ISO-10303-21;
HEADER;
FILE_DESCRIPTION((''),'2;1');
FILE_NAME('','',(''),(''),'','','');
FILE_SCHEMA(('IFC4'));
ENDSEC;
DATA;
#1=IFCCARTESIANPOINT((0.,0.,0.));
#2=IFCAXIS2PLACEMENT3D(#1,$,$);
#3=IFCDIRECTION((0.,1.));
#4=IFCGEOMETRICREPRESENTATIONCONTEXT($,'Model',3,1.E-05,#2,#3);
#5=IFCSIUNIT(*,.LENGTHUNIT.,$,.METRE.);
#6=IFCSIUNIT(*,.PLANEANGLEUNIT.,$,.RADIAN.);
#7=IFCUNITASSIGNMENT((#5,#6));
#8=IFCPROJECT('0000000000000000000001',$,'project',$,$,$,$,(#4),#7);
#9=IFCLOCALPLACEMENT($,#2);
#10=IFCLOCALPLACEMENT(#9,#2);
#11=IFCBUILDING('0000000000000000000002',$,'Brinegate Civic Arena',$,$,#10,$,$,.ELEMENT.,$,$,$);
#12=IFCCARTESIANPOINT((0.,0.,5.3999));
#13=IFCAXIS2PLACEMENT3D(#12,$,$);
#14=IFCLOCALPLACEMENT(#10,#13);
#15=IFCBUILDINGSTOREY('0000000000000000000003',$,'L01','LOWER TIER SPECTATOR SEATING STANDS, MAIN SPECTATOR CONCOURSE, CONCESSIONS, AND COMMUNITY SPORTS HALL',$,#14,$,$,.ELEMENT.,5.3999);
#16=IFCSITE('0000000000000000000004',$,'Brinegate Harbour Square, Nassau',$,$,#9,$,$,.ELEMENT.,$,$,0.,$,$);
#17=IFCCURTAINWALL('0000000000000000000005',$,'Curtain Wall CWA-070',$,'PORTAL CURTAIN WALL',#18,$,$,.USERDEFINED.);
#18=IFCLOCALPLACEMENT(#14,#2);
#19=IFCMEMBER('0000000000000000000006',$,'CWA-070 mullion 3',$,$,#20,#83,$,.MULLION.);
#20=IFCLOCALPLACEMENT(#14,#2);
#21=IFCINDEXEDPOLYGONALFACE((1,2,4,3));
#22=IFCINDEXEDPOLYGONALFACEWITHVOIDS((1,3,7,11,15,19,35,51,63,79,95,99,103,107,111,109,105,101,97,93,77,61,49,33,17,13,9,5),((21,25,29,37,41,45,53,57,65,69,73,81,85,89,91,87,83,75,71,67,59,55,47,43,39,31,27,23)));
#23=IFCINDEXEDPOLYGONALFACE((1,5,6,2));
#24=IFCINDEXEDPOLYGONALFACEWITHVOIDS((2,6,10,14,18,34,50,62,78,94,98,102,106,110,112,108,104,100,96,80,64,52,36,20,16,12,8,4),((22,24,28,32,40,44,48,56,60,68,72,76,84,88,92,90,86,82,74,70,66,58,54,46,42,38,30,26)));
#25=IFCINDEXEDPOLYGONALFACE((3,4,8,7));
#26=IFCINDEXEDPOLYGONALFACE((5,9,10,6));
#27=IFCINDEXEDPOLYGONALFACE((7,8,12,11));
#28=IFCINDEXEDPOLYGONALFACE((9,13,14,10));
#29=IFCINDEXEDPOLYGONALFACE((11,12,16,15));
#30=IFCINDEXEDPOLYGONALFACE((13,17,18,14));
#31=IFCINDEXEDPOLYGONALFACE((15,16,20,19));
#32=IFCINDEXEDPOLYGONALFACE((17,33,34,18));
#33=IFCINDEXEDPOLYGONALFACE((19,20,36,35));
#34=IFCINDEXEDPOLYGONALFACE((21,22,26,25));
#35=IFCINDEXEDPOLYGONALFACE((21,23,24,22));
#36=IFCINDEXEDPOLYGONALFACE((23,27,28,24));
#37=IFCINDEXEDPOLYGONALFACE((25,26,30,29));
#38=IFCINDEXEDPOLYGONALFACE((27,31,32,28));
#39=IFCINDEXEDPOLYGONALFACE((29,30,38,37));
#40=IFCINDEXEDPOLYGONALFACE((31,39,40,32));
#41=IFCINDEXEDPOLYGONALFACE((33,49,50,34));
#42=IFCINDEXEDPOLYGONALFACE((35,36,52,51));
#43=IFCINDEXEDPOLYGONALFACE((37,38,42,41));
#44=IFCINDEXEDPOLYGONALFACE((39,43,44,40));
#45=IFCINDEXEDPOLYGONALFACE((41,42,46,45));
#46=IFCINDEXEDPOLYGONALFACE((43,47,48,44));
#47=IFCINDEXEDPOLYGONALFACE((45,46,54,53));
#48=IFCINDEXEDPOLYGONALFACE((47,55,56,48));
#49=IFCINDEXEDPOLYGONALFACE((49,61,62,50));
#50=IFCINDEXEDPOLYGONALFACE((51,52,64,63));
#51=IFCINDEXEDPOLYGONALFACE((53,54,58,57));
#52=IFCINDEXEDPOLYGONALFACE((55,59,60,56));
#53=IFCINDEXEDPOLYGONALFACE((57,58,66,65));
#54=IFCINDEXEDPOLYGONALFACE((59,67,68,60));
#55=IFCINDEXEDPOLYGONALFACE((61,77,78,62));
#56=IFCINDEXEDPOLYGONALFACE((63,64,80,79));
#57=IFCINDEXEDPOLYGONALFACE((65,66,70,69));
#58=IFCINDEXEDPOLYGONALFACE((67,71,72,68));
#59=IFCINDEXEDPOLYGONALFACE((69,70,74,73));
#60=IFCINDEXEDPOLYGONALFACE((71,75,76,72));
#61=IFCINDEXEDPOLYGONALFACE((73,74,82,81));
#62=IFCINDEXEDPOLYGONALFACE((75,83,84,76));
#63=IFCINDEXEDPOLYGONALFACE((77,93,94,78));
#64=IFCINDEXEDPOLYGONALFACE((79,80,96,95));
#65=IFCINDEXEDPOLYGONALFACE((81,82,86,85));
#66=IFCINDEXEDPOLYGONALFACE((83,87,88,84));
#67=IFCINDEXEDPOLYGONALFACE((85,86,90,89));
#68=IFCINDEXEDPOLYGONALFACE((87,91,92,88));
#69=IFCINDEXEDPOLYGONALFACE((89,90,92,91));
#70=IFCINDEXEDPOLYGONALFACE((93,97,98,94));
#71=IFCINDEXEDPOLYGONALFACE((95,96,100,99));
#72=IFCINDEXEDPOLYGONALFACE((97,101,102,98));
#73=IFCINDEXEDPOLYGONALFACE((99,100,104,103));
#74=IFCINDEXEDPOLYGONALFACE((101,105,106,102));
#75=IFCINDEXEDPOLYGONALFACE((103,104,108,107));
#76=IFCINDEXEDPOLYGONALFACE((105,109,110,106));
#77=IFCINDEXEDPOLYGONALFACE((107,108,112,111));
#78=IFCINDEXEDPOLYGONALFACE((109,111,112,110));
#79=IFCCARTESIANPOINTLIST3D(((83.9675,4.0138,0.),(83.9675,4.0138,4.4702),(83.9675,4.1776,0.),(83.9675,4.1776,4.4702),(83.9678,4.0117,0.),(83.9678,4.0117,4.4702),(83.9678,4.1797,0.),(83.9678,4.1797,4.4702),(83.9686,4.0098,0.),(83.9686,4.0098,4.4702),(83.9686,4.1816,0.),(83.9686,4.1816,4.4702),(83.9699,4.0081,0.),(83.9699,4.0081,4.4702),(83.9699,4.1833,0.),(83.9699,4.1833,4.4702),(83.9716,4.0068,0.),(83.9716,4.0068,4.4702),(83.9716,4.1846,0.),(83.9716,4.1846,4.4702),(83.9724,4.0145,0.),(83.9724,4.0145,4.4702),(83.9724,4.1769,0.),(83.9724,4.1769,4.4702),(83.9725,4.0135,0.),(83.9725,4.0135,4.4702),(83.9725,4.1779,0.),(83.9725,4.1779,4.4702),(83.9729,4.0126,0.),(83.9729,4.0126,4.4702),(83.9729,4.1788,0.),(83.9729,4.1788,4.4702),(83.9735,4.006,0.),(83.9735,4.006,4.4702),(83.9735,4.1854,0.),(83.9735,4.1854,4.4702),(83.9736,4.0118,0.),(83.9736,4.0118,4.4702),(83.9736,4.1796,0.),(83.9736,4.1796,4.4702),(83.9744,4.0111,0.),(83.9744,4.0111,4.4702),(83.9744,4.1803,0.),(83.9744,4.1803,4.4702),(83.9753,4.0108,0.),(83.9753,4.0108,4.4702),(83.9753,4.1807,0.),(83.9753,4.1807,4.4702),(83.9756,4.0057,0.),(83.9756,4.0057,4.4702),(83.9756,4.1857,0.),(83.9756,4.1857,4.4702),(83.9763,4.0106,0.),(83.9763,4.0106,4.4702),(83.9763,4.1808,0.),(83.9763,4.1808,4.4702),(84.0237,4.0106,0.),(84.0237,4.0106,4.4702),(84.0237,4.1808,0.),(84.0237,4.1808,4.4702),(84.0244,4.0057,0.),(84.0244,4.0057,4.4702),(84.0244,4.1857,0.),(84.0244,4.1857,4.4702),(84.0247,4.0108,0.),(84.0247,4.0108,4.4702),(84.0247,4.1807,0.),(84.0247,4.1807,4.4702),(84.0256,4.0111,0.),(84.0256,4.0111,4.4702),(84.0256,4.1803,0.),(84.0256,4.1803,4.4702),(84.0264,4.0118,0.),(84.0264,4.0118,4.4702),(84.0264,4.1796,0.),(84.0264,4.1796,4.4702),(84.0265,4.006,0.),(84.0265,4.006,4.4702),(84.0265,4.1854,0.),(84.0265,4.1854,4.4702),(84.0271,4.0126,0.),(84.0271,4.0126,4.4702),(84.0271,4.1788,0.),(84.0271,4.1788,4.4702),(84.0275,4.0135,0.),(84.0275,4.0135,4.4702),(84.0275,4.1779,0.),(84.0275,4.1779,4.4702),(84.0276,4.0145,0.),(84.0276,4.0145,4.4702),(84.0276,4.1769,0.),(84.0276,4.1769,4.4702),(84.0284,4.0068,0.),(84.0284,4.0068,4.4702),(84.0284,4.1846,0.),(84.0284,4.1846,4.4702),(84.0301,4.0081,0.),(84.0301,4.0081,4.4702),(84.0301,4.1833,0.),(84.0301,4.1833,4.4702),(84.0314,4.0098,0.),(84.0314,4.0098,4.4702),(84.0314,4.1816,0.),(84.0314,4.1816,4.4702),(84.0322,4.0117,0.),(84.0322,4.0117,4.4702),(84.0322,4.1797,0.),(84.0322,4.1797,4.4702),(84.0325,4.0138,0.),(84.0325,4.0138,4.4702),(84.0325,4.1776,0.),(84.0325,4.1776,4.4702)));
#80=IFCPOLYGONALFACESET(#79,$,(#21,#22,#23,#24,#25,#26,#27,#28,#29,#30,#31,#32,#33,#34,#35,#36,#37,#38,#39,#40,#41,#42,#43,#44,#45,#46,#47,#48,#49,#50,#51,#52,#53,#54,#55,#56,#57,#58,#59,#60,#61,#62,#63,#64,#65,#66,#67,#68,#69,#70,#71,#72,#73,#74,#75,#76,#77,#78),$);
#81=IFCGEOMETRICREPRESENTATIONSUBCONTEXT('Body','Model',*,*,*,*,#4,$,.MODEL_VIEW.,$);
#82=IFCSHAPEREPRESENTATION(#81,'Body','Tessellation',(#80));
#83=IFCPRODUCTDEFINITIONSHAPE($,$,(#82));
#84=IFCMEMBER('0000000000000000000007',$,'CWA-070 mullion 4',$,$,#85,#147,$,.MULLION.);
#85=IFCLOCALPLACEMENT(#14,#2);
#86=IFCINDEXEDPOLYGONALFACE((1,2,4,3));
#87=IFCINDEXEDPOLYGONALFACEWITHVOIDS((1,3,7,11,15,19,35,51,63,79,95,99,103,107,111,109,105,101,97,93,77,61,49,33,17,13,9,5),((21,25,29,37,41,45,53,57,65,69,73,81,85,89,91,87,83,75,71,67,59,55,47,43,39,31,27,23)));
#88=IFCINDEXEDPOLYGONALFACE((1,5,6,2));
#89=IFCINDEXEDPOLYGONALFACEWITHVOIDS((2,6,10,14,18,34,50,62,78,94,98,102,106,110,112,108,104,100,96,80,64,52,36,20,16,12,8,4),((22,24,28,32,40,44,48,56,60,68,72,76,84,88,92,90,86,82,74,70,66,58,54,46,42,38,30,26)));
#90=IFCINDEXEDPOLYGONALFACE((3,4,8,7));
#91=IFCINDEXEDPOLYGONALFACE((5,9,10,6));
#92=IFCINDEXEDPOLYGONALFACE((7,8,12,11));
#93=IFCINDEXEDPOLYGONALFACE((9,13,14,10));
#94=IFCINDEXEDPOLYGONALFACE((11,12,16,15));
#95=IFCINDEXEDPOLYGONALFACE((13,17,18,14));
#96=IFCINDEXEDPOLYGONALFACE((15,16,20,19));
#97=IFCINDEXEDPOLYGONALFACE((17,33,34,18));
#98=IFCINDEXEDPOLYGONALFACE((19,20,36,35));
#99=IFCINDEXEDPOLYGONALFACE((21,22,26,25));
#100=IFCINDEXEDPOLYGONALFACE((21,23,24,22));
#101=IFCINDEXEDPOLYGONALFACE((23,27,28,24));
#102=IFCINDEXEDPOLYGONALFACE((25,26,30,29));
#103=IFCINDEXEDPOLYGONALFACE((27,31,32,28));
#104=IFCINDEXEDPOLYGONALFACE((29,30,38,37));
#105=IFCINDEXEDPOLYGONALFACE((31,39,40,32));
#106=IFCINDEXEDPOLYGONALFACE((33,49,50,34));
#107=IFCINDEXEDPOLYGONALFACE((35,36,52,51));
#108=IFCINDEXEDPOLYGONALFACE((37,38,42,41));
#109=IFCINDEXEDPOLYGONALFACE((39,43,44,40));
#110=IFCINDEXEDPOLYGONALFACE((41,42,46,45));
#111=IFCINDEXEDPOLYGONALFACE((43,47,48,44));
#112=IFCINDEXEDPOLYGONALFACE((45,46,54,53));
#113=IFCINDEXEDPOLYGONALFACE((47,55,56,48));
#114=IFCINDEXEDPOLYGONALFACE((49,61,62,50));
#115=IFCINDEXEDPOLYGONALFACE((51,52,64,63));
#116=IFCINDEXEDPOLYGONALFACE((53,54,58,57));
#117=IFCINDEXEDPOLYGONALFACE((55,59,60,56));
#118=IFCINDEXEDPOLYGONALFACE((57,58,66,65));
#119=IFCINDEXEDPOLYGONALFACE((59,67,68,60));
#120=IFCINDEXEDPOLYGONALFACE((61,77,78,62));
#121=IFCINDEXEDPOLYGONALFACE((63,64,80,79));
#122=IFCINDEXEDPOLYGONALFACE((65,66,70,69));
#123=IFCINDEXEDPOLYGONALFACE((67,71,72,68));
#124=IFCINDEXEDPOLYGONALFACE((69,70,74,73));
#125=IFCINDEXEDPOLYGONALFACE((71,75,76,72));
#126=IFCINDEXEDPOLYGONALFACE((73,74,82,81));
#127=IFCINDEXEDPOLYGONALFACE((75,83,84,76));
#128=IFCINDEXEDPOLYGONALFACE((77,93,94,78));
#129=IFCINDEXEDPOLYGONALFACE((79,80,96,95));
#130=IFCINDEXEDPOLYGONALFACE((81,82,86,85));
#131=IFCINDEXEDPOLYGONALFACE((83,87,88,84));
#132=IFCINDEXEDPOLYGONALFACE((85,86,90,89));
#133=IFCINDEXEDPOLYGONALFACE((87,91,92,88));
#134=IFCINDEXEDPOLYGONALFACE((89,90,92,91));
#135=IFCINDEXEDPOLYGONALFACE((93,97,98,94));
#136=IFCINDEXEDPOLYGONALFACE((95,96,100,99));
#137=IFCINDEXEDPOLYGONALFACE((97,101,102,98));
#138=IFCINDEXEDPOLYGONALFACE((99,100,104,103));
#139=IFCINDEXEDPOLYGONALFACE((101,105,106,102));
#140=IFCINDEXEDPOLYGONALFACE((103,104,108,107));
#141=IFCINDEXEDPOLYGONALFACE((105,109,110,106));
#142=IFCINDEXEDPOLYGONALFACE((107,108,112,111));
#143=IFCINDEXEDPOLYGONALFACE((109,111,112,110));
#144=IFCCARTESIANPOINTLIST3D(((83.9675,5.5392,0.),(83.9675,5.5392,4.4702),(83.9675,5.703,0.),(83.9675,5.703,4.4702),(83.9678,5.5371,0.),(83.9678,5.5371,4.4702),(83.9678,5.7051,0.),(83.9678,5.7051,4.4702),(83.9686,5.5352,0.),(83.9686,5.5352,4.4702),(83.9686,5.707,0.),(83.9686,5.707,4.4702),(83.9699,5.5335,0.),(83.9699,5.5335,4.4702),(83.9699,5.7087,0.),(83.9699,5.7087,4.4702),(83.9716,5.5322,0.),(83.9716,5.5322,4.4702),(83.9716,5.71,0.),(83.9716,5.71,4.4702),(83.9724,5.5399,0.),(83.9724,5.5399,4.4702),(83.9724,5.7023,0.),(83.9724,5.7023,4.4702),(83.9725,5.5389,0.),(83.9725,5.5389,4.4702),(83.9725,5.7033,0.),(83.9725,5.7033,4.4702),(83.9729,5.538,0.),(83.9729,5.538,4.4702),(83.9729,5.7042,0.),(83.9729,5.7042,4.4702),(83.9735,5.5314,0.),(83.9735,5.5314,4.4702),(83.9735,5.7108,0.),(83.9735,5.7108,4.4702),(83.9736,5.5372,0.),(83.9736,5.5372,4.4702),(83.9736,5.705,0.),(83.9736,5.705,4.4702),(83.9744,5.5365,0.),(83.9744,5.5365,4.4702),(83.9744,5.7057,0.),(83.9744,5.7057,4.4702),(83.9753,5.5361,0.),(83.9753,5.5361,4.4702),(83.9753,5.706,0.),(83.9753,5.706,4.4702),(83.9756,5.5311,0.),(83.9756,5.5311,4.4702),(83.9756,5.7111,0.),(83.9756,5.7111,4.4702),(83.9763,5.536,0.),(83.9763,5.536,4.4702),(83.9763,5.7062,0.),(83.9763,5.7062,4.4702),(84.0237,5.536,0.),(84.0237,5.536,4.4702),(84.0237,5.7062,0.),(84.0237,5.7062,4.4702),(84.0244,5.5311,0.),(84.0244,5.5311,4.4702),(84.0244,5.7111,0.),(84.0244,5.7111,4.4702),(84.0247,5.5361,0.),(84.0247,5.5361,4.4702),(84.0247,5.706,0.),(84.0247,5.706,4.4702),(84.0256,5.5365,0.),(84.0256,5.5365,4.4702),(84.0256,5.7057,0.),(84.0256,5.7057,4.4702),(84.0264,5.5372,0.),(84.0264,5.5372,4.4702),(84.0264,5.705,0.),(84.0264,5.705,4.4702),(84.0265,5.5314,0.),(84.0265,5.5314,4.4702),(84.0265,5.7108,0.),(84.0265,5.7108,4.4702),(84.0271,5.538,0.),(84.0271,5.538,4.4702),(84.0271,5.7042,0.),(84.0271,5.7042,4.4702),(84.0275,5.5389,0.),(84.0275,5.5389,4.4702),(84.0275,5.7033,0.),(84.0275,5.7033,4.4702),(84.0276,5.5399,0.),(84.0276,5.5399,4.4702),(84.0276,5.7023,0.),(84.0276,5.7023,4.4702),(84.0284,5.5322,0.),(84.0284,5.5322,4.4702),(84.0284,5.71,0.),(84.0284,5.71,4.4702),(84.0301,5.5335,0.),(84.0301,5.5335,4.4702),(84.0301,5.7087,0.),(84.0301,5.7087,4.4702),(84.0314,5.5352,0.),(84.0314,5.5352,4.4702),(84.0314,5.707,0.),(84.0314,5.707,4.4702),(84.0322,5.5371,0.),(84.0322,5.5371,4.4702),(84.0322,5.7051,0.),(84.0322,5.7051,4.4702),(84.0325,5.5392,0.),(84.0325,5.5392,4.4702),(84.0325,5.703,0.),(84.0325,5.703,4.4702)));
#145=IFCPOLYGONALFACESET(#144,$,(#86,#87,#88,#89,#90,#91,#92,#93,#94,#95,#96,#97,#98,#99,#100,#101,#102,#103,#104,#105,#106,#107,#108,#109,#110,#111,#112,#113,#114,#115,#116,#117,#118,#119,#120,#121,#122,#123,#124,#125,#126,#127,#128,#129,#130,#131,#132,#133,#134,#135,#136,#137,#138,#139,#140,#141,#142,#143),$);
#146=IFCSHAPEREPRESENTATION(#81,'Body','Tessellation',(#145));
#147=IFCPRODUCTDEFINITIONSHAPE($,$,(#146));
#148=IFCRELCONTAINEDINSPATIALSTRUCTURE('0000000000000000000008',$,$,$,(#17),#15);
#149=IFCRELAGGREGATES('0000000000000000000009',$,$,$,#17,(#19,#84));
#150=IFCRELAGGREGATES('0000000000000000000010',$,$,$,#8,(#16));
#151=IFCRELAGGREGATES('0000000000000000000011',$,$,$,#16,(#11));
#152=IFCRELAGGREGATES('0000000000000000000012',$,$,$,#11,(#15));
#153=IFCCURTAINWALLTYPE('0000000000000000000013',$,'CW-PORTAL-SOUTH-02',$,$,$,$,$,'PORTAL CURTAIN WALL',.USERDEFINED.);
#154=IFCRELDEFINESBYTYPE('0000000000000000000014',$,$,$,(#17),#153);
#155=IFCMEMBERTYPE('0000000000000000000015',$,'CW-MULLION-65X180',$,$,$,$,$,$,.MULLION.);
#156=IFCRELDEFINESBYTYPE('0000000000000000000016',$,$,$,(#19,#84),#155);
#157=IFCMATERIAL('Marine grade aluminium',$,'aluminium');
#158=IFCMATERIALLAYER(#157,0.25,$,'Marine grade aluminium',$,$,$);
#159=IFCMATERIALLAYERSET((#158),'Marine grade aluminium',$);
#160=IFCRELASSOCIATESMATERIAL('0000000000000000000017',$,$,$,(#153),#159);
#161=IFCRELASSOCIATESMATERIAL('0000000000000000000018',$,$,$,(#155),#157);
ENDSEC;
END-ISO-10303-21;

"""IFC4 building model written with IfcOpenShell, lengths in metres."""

from ifc_helpers import new_model, si_unit, direction, frame, origin, origin_2d, place, context, subcontext, project, spatial, hollow_rectangle, extrude, material, layer, layer_set, material_profile, profile_set, type_object, element, aggregate, save


model = new_model("IFC4")

# Units and contexts
model_context = context("Model", 3, precision=1e-05, world=origin(), true_north=direction((0.0, 1.0)))
body_context = subcontext(model_context, "Body", "Model", "MODEL_VIEW")
ifc_project = project(units=[si_unit("LENGTHUNIT", "METRE"), si_unit("PLANEANGLEUNIT", "RADIAN")], contexts=[model_context])

# Site, building, storey
site_placement = place(None, origin())
site = spatial("IfcSite", under=ifc_project, at=site_placement, Name="Brinegate Harbour Square, Nassau", CompositionType="ELEMENT", RefElevation=0.0)
building_placement = place(site_placement, origin())
building = spatial("IfcBuilding", under=site, at=building_placement, Name="Brinegate Civic Arena", CompositionType="ELEMENT")
storey_placement = place(building_placement, frame((0.0, 0.0, 5.3999)))
storey = spatial("IfcBuildingStorey", under=building, at=storey_placement, Name="L01", Description="LOWER TIER SPECTATOR SEATING STANDS, MAIN SPECTATOR CONCOURSE, CONCESSIONS, AND COMMUNITY SPORTS HALL", CompositionType="ELEMENT", Elevation=5.3999)

# Curtain wall, members
ifc_material_1 = material(Name="Marine grade aluminium", Category="aluminium")
ifc_layer_1 = layer(ifc_material_1, 0.25, Name="Marine grade aluminium")
ifc_layer_set_1 = layer_set([ifc_layer_1], Name="Marine grade aluminium")
curtain_wall_type = type_object("IfcCurtainWallType", Name="CW-PORTAL-SOUTH-02", ElementType="PORTAL CURTAIN WALL", PredefinedType="USERDEFINED", material=ifc_layer_set_1)
curtain_wall_placement = place(storey_placement, origin())
curtain_wall = element("IfcCurtainWall", 1, at=curtain_wall_placement, inside=storey, type_object=curtain_wall_type, Name="Curtain Wall CWA-070", ObjectType="PORTAL CURTAIN WALL", PredefinedType="USERDEFINED")
ifc_material_profile_1 = material_profile(ifc_material_1, hollow_rectangle(XDim=0.0649, YDim=0.1799, WallThickness=0.0049, InnerFilletRadius=0.0039, OuterFilletRadius=0.0081, at=origin_2d()), Name="MUL65X180")
ifc_profile_set_1 = profile_set([ifc_material_profile_1], Name="Marine grade aluminium")
member_type_1 = type_object("IfcMemberType", Name="CW-MULLION-65X180", PredefinedType="MULLION", material=ifc_profile_set_1)
member_1_placement = place(storey_placement, frame((84.0, 4.0957, 0.0), z_axis=(0.0, 0.0, 1.0), x_axis=(-1.0, 0.0, 0.0)))
member_1 = element("IfcMember", 2, at=member_1_placement, type_object=member_type_1, Name="CWA-070 mullion 3", PredefinedType="MULLION", context=body_context, shape_type="SweptSolid", body=[
    extrude(hollow_rectangle(XDim=0.0649, YDim=0.1799, WallThickness=0.0049, InnerFilletRadius=0.0039, OuterFilletRadius=0.0081, at=origin_2d()), origin(), (0.0, 0.0, 1.0), 4.4702),
])
member_2_placement = place(storey_placement, frame((84.0, 5.6211, 0.0), z_axis=(0.0, 0.0, 1.0), x_axis=(-1.0, 0.0, 0.0)))
member_2 = element("IfcMember", 3, at=member_2_placement, type_object=member_type_1, Name="CWA-070 mullion 4", PredefinedType="MULLION", context=body_context, shape_type="SweptSolid", body=[
    extrude(hollow_rectangle(XDim=0.0649, YDim=0.1799, WallThickness=0.0049, InnerFilletRadius=0.0039, OuterFilletRadius=0.0081, at=origin_2d()), origin(), (0.0, 0.0, 1.0), 4.4702),
])

aggregate(curtain_wall, [member_1, member_2])

save(model, "model.ifc")
